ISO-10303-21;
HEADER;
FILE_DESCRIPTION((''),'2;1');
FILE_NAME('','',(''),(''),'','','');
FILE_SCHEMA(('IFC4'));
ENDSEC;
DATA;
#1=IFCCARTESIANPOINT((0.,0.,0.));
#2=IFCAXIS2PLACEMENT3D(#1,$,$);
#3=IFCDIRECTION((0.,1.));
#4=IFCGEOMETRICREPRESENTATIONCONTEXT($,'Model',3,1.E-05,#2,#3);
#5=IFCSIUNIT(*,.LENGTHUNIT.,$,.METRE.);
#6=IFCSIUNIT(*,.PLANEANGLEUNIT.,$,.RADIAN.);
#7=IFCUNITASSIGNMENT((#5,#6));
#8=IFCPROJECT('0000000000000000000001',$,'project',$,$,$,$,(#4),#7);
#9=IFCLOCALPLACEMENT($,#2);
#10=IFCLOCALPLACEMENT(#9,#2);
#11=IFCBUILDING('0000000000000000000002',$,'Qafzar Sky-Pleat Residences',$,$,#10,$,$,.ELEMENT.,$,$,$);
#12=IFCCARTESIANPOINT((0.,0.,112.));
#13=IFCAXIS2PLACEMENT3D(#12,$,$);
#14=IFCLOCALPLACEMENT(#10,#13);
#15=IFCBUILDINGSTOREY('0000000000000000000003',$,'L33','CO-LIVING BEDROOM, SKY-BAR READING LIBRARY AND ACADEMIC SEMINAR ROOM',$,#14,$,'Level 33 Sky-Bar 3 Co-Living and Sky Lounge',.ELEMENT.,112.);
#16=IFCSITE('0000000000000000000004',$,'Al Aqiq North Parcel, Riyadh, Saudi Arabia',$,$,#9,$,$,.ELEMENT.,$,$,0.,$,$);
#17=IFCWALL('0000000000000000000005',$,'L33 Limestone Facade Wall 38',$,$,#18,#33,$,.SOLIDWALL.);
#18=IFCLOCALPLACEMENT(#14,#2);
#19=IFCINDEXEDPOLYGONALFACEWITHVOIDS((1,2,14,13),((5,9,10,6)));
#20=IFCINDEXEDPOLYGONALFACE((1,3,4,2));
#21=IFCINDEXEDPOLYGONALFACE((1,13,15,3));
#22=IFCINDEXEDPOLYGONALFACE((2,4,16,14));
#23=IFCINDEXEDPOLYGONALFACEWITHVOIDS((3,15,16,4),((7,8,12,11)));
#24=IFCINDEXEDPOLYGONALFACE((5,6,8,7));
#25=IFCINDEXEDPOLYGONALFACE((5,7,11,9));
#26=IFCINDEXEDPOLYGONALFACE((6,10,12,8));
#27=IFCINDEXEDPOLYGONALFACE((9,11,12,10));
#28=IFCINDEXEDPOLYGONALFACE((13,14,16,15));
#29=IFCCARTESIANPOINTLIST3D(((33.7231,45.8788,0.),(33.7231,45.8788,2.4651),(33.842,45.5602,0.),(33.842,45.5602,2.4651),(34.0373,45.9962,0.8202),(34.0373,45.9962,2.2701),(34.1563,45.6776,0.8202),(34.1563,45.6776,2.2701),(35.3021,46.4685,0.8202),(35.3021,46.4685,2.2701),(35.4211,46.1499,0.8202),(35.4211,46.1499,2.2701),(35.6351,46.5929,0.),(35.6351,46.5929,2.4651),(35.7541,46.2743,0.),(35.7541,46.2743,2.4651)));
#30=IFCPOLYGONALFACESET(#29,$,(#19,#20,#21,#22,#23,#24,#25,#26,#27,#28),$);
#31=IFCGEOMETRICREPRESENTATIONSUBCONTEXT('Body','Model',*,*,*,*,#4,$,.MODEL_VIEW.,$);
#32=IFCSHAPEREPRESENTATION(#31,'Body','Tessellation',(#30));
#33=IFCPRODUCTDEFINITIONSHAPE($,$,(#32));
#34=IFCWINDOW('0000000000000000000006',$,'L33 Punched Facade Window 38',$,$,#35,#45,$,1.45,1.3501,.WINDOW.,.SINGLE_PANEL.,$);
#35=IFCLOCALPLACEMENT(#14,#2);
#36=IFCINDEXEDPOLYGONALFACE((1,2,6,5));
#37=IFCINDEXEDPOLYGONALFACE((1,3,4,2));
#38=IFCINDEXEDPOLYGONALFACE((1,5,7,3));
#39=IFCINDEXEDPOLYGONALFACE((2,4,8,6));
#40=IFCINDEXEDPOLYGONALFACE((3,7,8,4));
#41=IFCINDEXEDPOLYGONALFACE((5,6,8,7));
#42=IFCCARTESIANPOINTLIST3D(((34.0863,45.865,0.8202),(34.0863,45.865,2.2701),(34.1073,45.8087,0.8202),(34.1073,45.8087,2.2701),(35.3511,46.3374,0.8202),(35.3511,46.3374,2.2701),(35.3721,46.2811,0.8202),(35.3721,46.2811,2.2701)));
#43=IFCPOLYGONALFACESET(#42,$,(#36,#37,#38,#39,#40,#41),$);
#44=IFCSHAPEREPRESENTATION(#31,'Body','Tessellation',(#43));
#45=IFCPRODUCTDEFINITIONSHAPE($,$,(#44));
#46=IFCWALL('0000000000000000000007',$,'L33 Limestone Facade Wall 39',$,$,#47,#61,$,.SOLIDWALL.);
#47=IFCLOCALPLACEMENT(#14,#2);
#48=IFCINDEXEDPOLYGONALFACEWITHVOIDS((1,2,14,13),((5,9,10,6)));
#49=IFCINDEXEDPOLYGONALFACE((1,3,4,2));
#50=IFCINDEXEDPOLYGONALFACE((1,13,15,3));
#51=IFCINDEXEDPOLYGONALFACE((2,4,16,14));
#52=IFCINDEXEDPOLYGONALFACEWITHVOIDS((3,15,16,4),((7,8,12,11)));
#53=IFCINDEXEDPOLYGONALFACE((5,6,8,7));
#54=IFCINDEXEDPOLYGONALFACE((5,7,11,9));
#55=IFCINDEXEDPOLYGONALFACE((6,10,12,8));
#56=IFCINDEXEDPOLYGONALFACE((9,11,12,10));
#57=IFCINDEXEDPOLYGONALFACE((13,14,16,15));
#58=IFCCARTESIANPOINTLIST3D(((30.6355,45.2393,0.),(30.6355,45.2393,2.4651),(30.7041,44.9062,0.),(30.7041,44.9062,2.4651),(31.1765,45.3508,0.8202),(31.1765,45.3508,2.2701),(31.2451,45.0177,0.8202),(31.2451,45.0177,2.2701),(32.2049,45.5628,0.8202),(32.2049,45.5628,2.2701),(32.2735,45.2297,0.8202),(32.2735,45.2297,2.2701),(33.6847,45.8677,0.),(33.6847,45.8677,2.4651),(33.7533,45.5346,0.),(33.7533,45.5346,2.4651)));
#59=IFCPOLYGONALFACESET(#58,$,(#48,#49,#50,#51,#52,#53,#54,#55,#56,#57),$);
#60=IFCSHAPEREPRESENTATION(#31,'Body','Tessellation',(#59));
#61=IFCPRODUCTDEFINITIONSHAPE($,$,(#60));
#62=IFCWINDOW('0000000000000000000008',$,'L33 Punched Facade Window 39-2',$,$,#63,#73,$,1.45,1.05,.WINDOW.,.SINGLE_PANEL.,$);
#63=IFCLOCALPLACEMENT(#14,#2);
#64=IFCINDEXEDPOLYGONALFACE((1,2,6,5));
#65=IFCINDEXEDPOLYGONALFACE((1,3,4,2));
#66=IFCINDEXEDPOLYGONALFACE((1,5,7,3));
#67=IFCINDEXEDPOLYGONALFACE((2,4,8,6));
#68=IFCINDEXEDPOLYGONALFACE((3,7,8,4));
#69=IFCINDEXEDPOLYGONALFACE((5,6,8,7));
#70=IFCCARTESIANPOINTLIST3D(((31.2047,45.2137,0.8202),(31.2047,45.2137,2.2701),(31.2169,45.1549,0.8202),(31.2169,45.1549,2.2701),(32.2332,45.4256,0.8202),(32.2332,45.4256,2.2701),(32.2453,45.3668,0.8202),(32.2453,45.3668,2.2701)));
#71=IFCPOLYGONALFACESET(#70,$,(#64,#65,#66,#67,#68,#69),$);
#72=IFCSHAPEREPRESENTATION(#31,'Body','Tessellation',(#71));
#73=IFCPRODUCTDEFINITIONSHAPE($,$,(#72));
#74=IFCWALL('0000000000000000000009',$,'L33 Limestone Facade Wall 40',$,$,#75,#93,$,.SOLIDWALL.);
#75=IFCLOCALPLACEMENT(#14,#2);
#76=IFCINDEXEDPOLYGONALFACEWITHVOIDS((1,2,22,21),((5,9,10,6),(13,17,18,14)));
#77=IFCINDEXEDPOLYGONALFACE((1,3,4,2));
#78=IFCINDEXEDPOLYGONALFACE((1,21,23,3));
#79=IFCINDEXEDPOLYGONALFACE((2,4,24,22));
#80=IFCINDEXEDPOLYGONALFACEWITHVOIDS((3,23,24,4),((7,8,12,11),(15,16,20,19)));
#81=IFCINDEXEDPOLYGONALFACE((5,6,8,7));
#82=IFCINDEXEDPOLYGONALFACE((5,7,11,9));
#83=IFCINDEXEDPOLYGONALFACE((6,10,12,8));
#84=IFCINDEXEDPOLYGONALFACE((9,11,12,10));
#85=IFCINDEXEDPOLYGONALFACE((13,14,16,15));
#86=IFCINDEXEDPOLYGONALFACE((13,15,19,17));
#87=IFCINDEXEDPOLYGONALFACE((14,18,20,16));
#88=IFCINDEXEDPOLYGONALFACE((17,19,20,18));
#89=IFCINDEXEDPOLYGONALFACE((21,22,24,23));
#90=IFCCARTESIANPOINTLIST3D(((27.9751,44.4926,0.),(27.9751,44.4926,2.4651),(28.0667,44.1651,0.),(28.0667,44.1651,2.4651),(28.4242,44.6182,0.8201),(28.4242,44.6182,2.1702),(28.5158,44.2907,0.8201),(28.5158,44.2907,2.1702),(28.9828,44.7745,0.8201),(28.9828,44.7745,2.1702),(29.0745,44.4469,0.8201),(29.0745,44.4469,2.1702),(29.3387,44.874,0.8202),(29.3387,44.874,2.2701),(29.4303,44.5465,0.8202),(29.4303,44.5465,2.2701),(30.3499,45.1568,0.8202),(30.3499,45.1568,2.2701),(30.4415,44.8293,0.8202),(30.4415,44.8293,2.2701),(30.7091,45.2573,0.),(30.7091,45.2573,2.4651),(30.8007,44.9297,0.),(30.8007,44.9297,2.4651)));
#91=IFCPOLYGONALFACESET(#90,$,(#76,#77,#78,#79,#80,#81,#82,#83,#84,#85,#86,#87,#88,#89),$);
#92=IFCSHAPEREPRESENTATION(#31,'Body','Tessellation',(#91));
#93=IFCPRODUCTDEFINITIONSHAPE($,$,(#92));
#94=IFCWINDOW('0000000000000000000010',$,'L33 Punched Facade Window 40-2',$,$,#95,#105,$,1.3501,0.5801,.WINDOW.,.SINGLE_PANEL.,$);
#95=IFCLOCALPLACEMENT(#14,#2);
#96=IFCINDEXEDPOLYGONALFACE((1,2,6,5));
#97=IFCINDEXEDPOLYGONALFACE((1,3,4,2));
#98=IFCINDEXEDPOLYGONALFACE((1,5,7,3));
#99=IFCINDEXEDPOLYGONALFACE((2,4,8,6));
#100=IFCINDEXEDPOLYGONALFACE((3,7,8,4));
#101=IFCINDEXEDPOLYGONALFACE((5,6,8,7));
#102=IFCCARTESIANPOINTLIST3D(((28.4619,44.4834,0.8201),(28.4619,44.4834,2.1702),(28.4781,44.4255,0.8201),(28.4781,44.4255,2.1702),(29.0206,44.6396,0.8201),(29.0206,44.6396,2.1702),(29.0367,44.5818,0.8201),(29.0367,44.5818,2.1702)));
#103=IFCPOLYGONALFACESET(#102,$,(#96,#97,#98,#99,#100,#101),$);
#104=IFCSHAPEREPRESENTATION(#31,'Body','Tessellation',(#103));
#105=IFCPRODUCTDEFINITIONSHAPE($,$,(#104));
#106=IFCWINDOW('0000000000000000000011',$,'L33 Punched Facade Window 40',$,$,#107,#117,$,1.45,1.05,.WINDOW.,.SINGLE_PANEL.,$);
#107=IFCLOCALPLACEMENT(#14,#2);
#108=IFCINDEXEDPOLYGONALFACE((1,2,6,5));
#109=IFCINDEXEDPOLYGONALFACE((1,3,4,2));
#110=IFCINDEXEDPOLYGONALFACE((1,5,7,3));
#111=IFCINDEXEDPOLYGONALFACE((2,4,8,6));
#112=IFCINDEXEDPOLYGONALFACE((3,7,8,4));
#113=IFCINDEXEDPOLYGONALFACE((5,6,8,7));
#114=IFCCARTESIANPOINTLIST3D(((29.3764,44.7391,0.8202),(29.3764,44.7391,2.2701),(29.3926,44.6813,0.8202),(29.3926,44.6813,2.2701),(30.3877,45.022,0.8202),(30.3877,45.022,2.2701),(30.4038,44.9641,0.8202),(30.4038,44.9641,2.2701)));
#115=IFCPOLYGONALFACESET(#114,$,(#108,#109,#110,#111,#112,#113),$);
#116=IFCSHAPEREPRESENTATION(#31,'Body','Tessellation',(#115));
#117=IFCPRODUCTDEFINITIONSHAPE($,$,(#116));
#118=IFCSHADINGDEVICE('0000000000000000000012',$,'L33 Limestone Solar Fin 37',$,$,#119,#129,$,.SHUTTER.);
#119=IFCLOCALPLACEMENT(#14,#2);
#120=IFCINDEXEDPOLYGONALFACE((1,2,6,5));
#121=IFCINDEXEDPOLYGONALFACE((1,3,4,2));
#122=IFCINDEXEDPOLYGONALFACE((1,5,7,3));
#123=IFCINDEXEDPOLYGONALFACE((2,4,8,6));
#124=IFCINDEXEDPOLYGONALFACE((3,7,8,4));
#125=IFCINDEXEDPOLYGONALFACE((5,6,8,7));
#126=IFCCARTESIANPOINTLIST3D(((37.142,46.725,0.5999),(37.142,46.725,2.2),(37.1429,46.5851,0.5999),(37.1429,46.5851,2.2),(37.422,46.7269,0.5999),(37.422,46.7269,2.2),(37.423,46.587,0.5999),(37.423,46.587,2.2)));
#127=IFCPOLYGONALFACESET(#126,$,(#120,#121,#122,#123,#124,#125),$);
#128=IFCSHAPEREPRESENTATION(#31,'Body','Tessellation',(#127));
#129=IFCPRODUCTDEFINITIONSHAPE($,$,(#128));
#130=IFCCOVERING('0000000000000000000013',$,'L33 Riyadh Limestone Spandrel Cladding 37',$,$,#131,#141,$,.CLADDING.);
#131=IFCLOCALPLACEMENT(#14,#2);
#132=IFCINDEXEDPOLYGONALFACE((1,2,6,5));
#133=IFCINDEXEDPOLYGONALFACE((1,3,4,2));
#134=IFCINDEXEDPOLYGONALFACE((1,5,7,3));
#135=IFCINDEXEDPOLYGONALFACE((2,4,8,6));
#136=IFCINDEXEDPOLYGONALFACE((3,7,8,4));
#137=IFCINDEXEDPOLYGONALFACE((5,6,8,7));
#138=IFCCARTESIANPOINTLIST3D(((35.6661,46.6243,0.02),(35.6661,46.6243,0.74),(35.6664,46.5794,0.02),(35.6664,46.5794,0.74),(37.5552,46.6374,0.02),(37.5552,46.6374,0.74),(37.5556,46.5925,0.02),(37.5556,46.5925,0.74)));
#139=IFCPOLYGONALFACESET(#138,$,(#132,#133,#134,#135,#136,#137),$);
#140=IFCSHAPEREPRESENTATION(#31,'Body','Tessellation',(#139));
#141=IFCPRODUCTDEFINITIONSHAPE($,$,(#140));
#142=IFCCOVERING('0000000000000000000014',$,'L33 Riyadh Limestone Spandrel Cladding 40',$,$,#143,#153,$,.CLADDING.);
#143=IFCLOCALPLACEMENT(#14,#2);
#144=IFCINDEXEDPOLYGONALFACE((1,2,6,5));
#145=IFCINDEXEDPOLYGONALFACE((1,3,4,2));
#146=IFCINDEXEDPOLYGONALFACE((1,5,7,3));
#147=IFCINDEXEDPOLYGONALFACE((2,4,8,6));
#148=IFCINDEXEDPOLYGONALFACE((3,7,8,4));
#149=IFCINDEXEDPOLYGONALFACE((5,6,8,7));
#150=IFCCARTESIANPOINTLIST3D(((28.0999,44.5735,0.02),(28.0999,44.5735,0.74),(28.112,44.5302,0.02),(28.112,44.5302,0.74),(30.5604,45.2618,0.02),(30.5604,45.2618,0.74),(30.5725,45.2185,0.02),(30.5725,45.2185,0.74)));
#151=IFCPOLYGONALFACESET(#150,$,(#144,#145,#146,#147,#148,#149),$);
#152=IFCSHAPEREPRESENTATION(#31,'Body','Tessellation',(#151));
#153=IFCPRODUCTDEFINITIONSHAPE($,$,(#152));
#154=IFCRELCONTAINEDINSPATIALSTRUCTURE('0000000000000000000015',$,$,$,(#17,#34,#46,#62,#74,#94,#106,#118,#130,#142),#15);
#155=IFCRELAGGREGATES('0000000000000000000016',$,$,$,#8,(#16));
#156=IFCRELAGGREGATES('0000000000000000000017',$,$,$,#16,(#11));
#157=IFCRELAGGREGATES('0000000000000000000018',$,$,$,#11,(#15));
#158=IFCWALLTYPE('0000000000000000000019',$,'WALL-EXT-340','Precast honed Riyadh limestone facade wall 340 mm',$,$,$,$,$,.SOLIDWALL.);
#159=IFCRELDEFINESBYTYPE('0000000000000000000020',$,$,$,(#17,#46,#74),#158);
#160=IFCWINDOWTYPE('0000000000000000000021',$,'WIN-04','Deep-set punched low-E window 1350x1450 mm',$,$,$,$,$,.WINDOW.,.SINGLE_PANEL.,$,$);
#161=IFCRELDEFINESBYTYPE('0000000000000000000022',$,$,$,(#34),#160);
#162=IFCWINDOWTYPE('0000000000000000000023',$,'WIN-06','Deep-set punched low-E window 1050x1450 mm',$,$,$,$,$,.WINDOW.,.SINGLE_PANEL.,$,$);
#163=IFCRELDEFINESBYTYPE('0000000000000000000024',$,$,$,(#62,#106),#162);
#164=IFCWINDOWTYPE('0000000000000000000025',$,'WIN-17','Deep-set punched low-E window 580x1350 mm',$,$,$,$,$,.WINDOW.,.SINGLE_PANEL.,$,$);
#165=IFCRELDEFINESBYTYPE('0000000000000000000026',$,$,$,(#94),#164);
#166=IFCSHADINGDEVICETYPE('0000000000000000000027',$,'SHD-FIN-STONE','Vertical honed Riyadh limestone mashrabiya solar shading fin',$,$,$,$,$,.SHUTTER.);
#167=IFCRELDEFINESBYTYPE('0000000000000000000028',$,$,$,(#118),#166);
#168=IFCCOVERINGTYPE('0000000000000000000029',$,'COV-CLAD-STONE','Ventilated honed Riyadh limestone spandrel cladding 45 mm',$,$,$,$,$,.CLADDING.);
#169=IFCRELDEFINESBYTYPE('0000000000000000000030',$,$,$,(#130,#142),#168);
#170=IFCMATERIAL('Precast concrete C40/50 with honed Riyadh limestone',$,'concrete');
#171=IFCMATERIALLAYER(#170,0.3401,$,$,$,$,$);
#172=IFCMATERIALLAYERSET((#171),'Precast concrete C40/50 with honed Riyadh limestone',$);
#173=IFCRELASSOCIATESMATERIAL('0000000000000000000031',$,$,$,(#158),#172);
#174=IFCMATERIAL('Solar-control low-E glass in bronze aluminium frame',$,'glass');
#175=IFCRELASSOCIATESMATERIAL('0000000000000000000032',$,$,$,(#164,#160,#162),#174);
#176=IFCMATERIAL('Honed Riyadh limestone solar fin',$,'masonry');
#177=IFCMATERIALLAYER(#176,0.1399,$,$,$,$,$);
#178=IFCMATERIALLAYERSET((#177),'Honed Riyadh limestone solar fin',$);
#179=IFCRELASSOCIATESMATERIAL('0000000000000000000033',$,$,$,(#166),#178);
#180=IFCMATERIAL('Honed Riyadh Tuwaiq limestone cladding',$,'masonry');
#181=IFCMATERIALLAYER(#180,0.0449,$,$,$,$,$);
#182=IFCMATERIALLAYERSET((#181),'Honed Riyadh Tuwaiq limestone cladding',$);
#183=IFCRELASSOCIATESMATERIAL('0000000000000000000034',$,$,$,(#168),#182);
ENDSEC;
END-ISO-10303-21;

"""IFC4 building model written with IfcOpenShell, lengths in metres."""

from ifc_helpers import new_model, si_unit, direction, frame, frame_2d, origin, origin_2d, place, context, subcontext, project, spatial, rectangle, extrude, source, transform, mapped, material, layer, layer_set, type_object, element, fill, save


model = new_model("IFC4")

# Units and contexts
model_context = context("Model", 3, precision=1e-05, world=origin(), true_north=direction((0.0, 1.0)))
body_context = subcontext(model_context, "Body", "Model", "MODEL_VIEW")
ifc_project = project(units=[si_unit("LENGTHUNIT", "METRE"), si_unit("PLANEANGLEUNIT", "RADIAN")], contexts=[model_context])

# Site, building, storey
site_placement = place(None, origin())
site = spatial("IfcSite", under=ifc_project, at=site_placement, Name="Al Aqiq North Parcel, Riyadh, Saudi Arabia", CompositionType="ELEMENT", RefElevation=0.0)
building_placement = place(site_placement, origin())
building = spatial("IfcBuilding", under=site, at=building_placement, Name="Qafzar Sky-Pleat Residences", CompositionType="ELEMENT")
storey_placement = place(building_placement, frame((0.0, 0.0, 112.0)))
storey = spatial("IfcBuildingStorey", under=building, at=storey_placement, Name="L33", Description="CO-LIVING BEDROOM, SKY-BAR READING LIBRARY AND ACADEMIC SEMINAR ROOM", LongName="Level 33 Sky-Bar 3 Co-Living and Sky Lounge", CompositionType="ELEMENT", Elevation=112.0)

# Walls, openings, windows
ifc_material_1 = material(Name="Precast concrete C40/50 with honed Riyadh limestone", Category="concrete")
ifc_layer_1 = layer(ifc_material_1, 0.3401)
ifc_layer_set_1 = layer_set([ifc_layer_1], Name="Precast concrete C40/50 with honed Riyadh limestone")
wall_type_1 = type_object("IfcWallType", Name="WALL-EXT-340", Description="Precast honed Riyadh limestone facade wall 340 mm", PredefinedType="SOLIDWALL", material=ifc_layer_set_1)
ifc_material_2 = material(Name="Solar-control low-E glass in bronze aluminium frame", Category="glass")
window_type_1 = type_object("IfcWindowType", Name="WIN-17", Description="Deep-set punched low-E window 580x1350 mm", PartitioningType="SINGLE_PANEL", PredefinedType="WINDOW", material=ifc_material_2)
shared_shape_1 = source(origin(), body_context, "Body", "SweptSolid", [
    extrude(rectangle(XDim=0.5801, YDim=1.3501, at=frame_2d((0.29, 0.675))), frame((0.0, 0.03, 0.0), z_axis=(0.0, -1.0, 0.0), x_axis=(1.0, 0.0, 0.0)), (0.0, 0.0, 1.0), 0.0601),
])
wall_1_placement = place(storey_placement, frame((35.6946, 46.4336, 0.0), z_axis=(0.0, 0.0, 1.0), x_axis=(-0.9368, -0.349865, 0.0)))
wall_1 = element("IfcWall", 1, at=wall_1_placement, inside=storey, type_object=wall_type_1, Name="L33 Limestone Facade Wall 38", PredefinedType="SOLIDWALL", context=body_context, shape_type="SweptSolid", body=[
    extrude(rectangle(XDim=2.041, YDim=0.3401, at=frame_2d((1.0205, 0.0))), origin(), (0.0, 0.0, 1.0), 2.4651),
])
opening_1_placement = place(wall_1_placement, frame((0.3555, 0.0, 0.8201)))
opening_1 = element("IfcOpeningElement", 2, at=opening_1_placement, cuts=wall_1, PredefinedType="OPENING", context=body_context, shape_type="SweptSolid", body=[
    extrude(rectangle(XDim=1.3501, YDim=1.45, at=frame_2d((0.675, 0.7251))), frame((0.0, 0.1802, 0.0), z_axis=(0.0, -1.0, 0.0), x_axis=(1.0, 0.0, 0.0)), (0.0, 0.0, 1.0), 0.3601),
])
window_type_2 = type_object("IfcWindowType", Name="WIN-04", Description="Deep-set punched low-E window 1350x1450 mm", PartitioningType="SINGLE_PANEL", PredefinedType="WINDOW", material=ifc_material_2)
shared_shape_2 = source(origin(), body_context, "Body", "SweptSolid", [
    extrude(rectangle(XDim=1.3501, YDim=1.45, at=frame_2d((0.675, 0.7251))), frame((0.0, 0.03, 0.0), z_axis=(0.0, -1.0, 0.0), x_axis=(1.0, 0.0, 0.0)), (0.0, 0.0, 1.0), 0.0601),
])
window_1_placement = place(opening_1_placement, origin())
window_1 = element("IfcWindow", 3, at=window_1_placement, inside=storey, type_object=window_type_2, Name="L33 Punched Facade Window 38", OverallHeight=1.45, OverallWidth=1.3501, PartitioningType="SINGLE_PANEL", PredefinedType="WINDOW", context=body_context, shape_type="MappedRepresentation", body=[
    mapped(shared_shape_2, transform((0.0, 0.0, 0.0), x_axis=(1.0, 0.0, 0.0), y_axis=(0.0, 1.0, 0.0), z_axis=(0.0, 0.0, 1.0), scale=1.0)),
])
fill(opening_1, window_1)
wall_2_placement = place(storey_placement, frame((33.719, 45.7012, 0.0), z_axis=(0.0, 0.0, 1.0), x_axis=(-0.979418, -0.201843, 0.0)))
wall_2 = element("IfcWall", 4, at=wall_2_placement, inside=storey, type_object=wall_type_1, Name="L33 Limestone Facade Wall 39", PredefinedType="SOLIDWALL", context=body_context, shape_type="SweptSolid", body=[
    extrude(rectangle(XDim=3.1133, YDim=0.3401, at=frame_2d((1.5566, 0.0))), origin(), (0.0, 0.0, 1.0), 2.4651),
])
opening_2_placement = place(wall_2_placement, frame((1.511, 0.0, 0.8201)))
opening_2 = element("IfcOpeningElement", 5, at=opening_2_placement, cuts=wall_2, PredefinedType="OPENING", context=body_context, shape_type="SweptSolid", body=[
    extrude(rectangle(XDim=1.05, YDim=1.45, at=frame_2d((0.5249, 0.7251))), frame((0.0, 0.1802, 0.0), z_axis=(0.0, -1.0, 0.0), x_axis=(1.0, 0.0, 0.0)), (0.0, 0.0, 1.0), 0.3601),
])
window_type_3 = type_object("IfcWindowType", Name="WIN-06", Description="Deep-set punched low-E window 1050x1450 mm", PartitioningType="SINGLE_PANEL", PredefinedType="WINDOW", material=ifc_material_2)
shared_shape_3 = source(origin(), body_context, "Body", "SweptSolid", [
    extrude(rectangle(XDim=1.05, YDim=1.45, at=frame_2d((0.5249, 0.7251))), frame((0.0, 0.03, 0.0), z_axis=(0.0, -1.0, 0.0), x_axis=(1.0, 0.0, 0.0)), (0.0, 0.0, 1.0), 0.0601),
])
window_2_placement = place(opening_2_placement, origin())
window_2 = element("IfcWindow", 6, at=window_2_placement, inside=storey, type_object=window_type_3, Name="L33 Punched Facade Window 39-2", OverallHeight=1.45, OverallWidth=1.05, PartitioningType="SINGLE_PANEL", PredefinedType="WINDOW", context=body_context, shape_type="MappedRepresentation", body=[
    mapped(shared_shape_3, transform((0.0, 0.0, 0.0), x_axis=(1.0, 0.0, 0.0), y_axis=(0.0, 1.0, 0.0), z_axis=(0.0, 0.0, 1.0), scale=1.0)),
])
fill(opening_2, window_2)

# Wall, openings, windows
wall_3_placement = place(storey_placement, frame((30.7549, 45.0935, 0.0), z_axis=(0.0, 0.0, 1.0), x_axis=(-0.963041, -0.269356, 0.0)))
wall_3 = element("IfcWall", 7, at=wall_3_placement, inside=storey, type_object=wall_type_1, Name="L33 Limestone Facade Wall 40", PredefinedType="SOLIDWALL", context=body_context, shape_type="SweptSolid", body=[
    extrude(rectangle(XDim=2.8389, YDim=0.3401, at=frame_2d((1.4194, 0.0))), origin(), (0.0, 0.0, 1.0), 2.4651),
])
opening_3_placement = place(wall_3_placement, frame((0.373, 0.0, 0.8201)))
opening_3 = element("IfcOpeningElement", 8, at=opening_3_placement, cuts=wall_3, PredefinedType="OPENING", context=body_context, shape_type="SweptSolid", body=[
    extrude(rectangle(XDim=1.05, YDim=1.45, at=frame_2d((0.5249, 0.7251))), frame((0.0, 0.1802, 0.0), z_axis=(0.0, -1.0, 0.0), x_axis=(1.0, 0.0, 0.0)), (0.0, 0.0, 1.0), 0.3601),
])
opening_4_placement = place(wall_3_placement, frame((1.7925, 0.0, 0.8201)))
opening_4 = element("IfcOpeningElement", 9, at=opening_4_placement, cuts=wall_3, PredefinedType="OPENING", context=body_context, shape_type="SweptSolid", body=[
    extrude(rectangle(XDim=0.5801, YDim=1.3501, at=frame_2d((0.29, 0.675))), frame((0.0, 0.1802, 0.0), z_axis=(0.0, -1.0, 0.0), x_axis=(1.0, 0.0, 0.0)), (0.0, 0.0, 1.0), 0.3601),
])
window_3_placement = place(opening_4_placement, origin())
window_3 = element("IfcWindow", 10, at=window_3_placement, inside=storey, type_object=window_type_1, Name="L33 Punched Facade Window 40-2", OverallHeight=1.3501, OverallWidth=0.5801, PartitioningType="SINGLE_PANEL", PredefinedType="WINDOW", context=body_context, shape_type="MappedRepresentation", body=[
    mapped(shared_shape_1, transform((0.0, 0.0, 0.0), x_axis=(1.0, 0.0, 0.0), y_axis=(0.0, 1.0, 0.0), z_axis=(0.0, 0.0, 1.0), scale=1.0)),
])
fill(opening_4, window_3)
window_4_placement = place(opening_3_placement, origin())
window_4 = element("IfcWindow", 11, at=window_4_placement, inside=storey, type_object=window_type_3, Name="L33 Punched Facade Window 40", OverallHeight=1.45, OverallWidth=1.05, PartitioningType="SINGLE_PANEL", PredefinedType="WINDOW", context=body_context, shape_type="MappedRepresentation", body=[
    mapped(shared_shape_3, transform((0.0, 0.0, 0.0), x_axis=(1.0, 0.0, 0.0), y_axis=(0.0, 1.0, 0.0), z_axis=(0.0, 0.0, 1.0), scale=1.0)),
])
fill(opening_3, window_4)

# Shading device
ifc_material_3 = material(Name="Honed Riyadh limestone solar fin", Category="masonry")
ifc_layer_2 = layer(ifc_material_3, 0.1399)
ifc_layer_set_2 = layer_set([ifc_layer_2], Name="Honed Riyadh limestone solar fin")
shading_device_type = type_object("IfcShadingDeviceType", Name="SHD-FIN-STONE", Description="Vertical honed Riyadh limestone mashrabiya solar shading fin", PredefinedType="SHUTTER", material=ifc_layer_set_2)
shared_shape_4 = source(origin(), body_context, "Body", "SweptSolid", [
    extrude(rectangle(XDim=0.1399, YDim=0.28, at=origin_2d()), origin(), (0.0, 0.0, 1.0), 1.6001),
])
shading_device_placement = place(storey_placement, frame((37.2825, 46.656, 0.5999), z_axis=(0.0, 0.0, 1.0), x_axis=(-0.006871, 0.999976, 0.0)))
element("IfcShadingDevice", 12, at=shading_device_placement, inside=storey, type_object=shading_device_type, Name="L33 Limestone Solar Fin 37", PredefinedType="SHUTTER", context=body_context, shape_type="MappedRepresentation", body=[
    mapped(shared_shape_4, transform((0.0, 0.0, 0.0), x_axis=(1.0, 0.0, 0.0), y_axis=(0.0, 1.0, 0.0), z_axis=(0.0, 0.0, 1.0), scale=1.0)),
])

# Covering
ifc_material_4 = material(Name="Honed Riyadh Tuwaiq limestone cladding", Category="masonry")
ifc_layer_3 = layer(ifc_material_4, 0.0449)
ifc_layer_set_3 = layer_set([ifc_layer_3], Name="Honed Riyadh Tuwaiq limestone cladding")
covering_type = type_object("IfcCoveringType", Name="COV-CLAD-STONE", Description="Ventilated honed Riyadh limestone spandrel cladding 45 mm", PredefinedType="CLADDING", material=ifc_layer_set_3)
shared_shape_5 = source(origin(), body_context, "Body", "SweptSolid", [
    extrude(rectangle(XDim=1.8892, YDim=0.0449, at=origin_2d()), origin(), (0.0, 0.0, 1.0), 0.72),
])
covering_1_placement = place(storey_placement, frame((36.6108, 46.6084, 0.02), z_axis=(0.0, 0.0, 1.0), x_axis=(-0.999976, -0.006908, 0.0)))
element("IfcCovering", 13, at=covering_1_placement, inside=storey, type_object=covering_type, Name="L33 Riyadh Limestone Spandrel Cladding 37", PredefinedType="CLADDING", context=body_context, shape_type="MappedRepresentation", body=[
    mapped(shared_shape_5, transform((0.0, 0.0, 0.0), x_axis=(1.0, 0.0, 0.0), y_axis=(0.0, 1.0, 0.0), z_axis=(0.0, 0.0, 1.0), scale=1.0)),
])

# Covering
shared_shape_6 = source(origin(), body_context, "Body", "SweptSolid", [
    extrude(rectangle(XDim=2.5549, YDim=0.0449, at=origin_2d()), origin(), (0.0, 0.0, 1.0), 0.72),
])
covering_2_placement = place(storey_placement, frame((29.3362, 44.896, 0.02), z_axis=(0.0, 0.0, 1.0), x_axis=(-0.963034, -0.26938, 0.0)))
element("IfcCovering", 14, at=covering_2_placement, inside=storey, type_object=covering_type, Name="L33 Riyadh Limestone Spandrel Cladding 40", PredefinedType="CLADDING", context=body_context, shape_type="MappedRepresentation", body=[
    mapped(shared_shape_6, transform((0.0, 0.0, 0.0), x_axis=(1.0, 0.0, 0.0), y_axis=(0.0, 1.0, 0.0), z_axis=(0.0, 0.0, 1.0), scale=1.0)),
])

save(model, "model.ifc")
